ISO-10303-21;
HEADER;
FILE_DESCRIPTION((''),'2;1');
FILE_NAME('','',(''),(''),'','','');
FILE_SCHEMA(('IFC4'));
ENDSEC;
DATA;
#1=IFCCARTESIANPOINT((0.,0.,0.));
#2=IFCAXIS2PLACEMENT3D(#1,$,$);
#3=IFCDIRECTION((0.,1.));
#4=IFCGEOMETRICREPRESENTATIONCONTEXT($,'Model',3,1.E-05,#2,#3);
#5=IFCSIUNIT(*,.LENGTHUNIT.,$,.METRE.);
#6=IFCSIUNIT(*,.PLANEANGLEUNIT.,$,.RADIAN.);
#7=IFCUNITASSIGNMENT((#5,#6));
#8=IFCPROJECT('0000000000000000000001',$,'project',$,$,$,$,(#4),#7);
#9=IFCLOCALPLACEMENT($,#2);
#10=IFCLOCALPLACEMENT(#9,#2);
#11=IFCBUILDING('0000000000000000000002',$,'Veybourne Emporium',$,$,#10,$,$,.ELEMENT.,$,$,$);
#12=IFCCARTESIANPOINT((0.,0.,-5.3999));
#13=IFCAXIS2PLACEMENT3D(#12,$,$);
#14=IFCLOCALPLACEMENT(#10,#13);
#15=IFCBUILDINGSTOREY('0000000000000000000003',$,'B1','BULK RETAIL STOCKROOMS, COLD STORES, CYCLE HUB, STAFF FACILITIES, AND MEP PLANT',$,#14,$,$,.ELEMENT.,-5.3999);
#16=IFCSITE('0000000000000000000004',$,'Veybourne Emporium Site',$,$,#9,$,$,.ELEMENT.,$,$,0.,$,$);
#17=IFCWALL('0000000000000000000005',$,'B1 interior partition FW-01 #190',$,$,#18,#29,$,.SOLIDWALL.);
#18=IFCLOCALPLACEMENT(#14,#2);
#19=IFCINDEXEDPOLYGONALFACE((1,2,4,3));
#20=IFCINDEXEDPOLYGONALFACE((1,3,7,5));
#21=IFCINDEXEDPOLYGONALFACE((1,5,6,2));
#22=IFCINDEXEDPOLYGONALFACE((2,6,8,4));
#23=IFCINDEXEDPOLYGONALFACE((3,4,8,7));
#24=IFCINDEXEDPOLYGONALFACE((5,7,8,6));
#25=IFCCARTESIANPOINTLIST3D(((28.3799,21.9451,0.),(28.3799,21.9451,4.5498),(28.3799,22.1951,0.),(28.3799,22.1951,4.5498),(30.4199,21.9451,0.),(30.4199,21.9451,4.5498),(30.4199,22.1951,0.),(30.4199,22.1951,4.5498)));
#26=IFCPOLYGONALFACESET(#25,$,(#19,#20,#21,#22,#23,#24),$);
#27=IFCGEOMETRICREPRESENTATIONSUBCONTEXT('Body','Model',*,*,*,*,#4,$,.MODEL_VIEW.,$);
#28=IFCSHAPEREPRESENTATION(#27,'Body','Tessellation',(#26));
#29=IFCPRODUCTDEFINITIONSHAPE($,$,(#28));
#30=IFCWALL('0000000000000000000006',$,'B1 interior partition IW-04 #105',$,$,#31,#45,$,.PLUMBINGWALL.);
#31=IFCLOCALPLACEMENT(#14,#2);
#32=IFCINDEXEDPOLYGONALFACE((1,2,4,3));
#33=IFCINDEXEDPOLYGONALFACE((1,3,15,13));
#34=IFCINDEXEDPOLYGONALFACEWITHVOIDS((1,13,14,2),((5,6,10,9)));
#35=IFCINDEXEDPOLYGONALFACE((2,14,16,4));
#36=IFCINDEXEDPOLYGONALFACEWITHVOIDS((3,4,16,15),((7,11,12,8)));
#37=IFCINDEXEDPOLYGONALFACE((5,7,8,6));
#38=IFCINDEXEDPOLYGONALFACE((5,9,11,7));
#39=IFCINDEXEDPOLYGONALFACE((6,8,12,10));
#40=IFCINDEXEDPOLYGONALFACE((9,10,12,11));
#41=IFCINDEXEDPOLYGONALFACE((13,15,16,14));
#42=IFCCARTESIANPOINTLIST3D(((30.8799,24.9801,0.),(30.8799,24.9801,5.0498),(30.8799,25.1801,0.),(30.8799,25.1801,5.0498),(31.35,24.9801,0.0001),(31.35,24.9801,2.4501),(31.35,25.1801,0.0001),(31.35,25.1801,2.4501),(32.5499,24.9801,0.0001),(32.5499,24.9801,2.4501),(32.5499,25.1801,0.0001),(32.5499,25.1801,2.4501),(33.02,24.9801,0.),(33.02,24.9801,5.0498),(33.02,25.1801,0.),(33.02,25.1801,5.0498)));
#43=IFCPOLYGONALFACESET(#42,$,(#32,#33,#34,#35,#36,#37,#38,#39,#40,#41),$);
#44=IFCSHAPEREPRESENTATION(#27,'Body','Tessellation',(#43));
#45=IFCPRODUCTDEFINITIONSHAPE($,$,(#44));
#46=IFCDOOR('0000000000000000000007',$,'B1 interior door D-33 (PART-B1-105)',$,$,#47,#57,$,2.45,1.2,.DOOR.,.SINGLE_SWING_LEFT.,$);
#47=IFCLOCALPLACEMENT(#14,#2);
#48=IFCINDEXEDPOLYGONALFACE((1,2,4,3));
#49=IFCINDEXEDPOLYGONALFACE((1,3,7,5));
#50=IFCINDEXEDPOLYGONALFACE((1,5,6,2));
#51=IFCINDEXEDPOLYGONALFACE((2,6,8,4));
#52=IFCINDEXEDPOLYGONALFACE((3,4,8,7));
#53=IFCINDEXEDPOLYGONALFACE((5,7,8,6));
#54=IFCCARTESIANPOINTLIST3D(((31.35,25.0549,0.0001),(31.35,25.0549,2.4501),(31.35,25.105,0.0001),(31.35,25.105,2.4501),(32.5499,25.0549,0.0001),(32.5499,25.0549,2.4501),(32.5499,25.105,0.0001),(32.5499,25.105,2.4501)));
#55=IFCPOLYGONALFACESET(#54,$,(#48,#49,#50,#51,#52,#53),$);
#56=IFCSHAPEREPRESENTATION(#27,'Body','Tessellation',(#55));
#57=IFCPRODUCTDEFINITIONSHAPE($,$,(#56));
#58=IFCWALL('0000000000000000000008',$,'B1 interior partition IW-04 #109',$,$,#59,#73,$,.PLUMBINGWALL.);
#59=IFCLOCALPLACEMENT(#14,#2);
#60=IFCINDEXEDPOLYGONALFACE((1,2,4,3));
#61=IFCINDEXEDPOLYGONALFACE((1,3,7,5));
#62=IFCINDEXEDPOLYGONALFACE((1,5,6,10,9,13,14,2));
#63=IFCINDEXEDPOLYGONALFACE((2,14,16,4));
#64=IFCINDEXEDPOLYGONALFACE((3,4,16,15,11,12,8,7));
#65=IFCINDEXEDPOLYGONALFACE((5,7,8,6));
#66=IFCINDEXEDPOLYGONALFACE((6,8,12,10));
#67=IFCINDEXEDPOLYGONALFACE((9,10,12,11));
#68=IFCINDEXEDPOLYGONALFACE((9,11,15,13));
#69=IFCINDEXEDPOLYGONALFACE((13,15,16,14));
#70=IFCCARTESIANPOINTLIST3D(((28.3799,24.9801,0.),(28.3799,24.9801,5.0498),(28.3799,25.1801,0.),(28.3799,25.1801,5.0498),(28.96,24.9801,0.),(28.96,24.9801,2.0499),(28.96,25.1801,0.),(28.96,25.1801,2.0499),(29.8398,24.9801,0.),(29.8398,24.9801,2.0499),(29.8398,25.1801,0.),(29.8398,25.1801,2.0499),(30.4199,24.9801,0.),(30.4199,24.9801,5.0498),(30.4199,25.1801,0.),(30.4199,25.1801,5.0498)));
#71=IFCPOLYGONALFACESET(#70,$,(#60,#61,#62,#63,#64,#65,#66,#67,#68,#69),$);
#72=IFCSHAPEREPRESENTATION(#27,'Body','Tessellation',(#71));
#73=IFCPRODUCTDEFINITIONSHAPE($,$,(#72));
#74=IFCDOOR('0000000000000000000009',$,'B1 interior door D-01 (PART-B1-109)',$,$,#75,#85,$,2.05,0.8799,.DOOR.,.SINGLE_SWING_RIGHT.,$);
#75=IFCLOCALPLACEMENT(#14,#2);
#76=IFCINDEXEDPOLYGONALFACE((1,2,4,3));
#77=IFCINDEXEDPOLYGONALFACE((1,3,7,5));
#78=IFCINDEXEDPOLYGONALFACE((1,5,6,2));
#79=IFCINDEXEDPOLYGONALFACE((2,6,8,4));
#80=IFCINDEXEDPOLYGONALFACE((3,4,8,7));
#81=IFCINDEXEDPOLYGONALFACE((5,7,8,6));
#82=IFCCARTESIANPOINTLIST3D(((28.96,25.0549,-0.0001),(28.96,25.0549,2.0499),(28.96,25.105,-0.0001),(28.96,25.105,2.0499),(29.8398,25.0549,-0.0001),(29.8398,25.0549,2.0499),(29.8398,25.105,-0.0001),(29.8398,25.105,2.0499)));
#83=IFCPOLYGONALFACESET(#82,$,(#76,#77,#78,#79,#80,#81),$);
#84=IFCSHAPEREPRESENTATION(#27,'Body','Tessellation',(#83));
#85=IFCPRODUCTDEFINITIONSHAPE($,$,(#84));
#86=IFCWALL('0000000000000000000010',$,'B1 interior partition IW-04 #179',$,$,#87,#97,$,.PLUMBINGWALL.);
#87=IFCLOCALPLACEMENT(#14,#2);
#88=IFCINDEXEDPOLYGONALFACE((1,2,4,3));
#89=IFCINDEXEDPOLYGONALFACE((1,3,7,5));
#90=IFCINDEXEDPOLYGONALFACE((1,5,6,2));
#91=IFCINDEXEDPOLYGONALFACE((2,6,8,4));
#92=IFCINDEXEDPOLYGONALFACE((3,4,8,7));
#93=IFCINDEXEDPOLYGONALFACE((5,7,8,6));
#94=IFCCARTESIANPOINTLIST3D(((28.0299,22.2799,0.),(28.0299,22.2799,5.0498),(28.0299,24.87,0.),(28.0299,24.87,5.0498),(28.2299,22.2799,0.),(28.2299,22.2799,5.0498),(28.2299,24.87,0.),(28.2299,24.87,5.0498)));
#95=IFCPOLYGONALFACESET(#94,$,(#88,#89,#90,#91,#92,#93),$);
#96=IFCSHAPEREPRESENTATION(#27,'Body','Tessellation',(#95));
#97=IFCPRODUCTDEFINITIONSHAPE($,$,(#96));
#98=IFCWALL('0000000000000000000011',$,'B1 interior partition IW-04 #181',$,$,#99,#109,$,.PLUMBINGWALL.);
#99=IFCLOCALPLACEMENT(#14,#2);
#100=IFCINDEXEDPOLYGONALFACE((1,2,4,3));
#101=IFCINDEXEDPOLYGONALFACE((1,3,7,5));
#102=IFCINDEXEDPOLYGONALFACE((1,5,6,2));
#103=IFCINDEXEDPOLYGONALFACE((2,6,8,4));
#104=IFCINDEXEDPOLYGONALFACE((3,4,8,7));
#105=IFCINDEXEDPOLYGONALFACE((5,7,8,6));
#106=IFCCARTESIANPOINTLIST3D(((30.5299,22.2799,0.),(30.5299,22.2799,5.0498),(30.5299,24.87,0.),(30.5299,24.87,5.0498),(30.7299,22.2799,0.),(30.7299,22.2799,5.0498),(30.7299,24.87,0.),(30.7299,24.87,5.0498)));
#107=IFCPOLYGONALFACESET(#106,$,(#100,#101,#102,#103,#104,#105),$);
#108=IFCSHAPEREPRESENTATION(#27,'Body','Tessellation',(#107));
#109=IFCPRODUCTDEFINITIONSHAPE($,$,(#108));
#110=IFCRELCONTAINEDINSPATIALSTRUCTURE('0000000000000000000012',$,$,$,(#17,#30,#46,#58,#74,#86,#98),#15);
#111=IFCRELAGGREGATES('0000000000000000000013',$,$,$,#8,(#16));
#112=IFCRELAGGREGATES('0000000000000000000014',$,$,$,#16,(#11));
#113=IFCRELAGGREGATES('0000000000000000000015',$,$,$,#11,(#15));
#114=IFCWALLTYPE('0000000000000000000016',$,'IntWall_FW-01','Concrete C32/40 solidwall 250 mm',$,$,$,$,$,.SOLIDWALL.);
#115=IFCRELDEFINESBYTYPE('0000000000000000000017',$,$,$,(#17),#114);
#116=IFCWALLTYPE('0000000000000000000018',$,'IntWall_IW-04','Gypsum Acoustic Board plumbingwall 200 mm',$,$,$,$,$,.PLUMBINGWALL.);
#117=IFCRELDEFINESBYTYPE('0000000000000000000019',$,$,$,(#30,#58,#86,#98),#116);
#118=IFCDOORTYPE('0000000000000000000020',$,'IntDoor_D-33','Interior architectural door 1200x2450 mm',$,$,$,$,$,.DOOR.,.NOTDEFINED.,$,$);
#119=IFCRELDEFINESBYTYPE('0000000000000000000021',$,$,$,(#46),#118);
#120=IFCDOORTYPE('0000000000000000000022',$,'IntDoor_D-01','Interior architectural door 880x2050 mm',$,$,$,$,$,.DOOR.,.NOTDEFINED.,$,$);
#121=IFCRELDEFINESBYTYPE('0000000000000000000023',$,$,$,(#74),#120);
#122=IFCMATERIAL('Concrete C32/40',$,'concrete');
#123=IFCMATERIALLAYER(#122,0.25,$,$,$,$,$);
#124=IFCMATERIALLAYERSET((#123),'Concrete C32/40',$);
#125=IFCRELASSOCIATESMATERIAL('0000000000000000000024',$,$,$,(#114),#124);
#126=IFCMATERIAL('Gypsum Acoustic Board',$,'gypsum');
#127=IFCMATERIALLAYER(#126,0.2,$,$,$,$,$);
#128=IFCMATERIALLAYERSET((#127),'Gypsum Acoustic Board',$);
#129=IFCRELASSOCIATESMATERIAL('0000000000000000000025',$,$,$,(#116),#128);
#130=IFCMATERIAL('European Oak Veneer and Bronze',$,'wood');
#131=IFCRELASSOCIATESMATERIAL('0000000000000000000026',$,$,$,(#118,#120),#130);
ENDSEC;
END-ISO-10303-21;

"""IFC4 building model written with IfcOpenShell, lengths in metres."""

from ifc_helpers import new_model, si_unit, direction, frame, frame_2d, origin, place, context, subcontext, project, spatial, rectangle, extrude, material, layer, layer_set, type_object, element, fill, save


model = new_model("IFC4")

# Units and contexts
model_context = context("Model", 3, precision=1e-05, world=origin(), true_north=direction((0.0, 1.0)))
body_context = subcontext(model_context, "Body", "Model", "MODEL_VIEW")
ifc_project = project(units=[si_unit("LENGTHUNIT", "METRE"), si_unit("PLANEANGLEUNIT", "RADIAN")], contexts=[model_context])

# Site, building, storey
site_placement = place(None, origin())
site = spatial("IfcSite", under=ifc_project, at=site_placement, Name="Veybourne Emporium Site", CompositionType="ELEMENT", RefElevation=0.0)
building_placement = place(site_placement, origin())
building = spatial("IfcBuilding", under=site, at=building_placement, Name="Veybourne Emporium", CompositionType="ELEMENT")
storey_placement = place(building_placement, frame((0.0, 0.0, -5.3999)))
storey = spatial("IfcBuildingStorey", under=building, at=storey_placement, Name="B1", Description="BULK RETAIL STOCKROOMS, COLD STORES, CYCLE HUB, STAFF FACILITIES, AND MEP PLANT", CompositionType="ELEMENT", Elevation=-5.3999)

# Shared definitions
ifc_material_1 = material(Name="Concrete C32/40", Category="concrete")

# Wall
ifc_layer_1 = layer(ifc_material_1, 0.25)
ifc_layer_set_1 = layer_set([ifc_layer_1], Name="Concrete C32/40")
wall_type_1 = type_object("IfcWallType", Name="IntWall_FW-01", Description="Concrete C32/40 solidwall 250 mm", PredefinedType="SOLIDWALL", material=ifc_layer_set_1)
wall_1_placement = place(storey_placement, frame((28.3799, 22.0701, 0.0), z_axis=(0.0, 0.0, 1.0), x_axis=(1.0, 0.0, 0.0)))
element("IfcWall", 1, at=wall_1_placement, inside=storey, type_object=wall_type_1, Name="B1 interior partition FW-01 #190", PredefinedType="SOLIDWALL", context=body_context, shape_type="SweptSolid", body=[
    extrude(rectangle(XDim=2.04, YDim=0.25, at=frame_2d((1.02, 0.0))), origin(), (0.0, 0.0, 1.0), 4.5498),
])

# Walls, openings, doors
ifc_material_2 = material(Name="Gypsum Acoustic Board", Category="gypsum")
ifc_layer_2 = layer(ifc_material_2, 0.2)
ifc_layer_set_2 = layer_set([ifc_layer_2], Name="Gypsum Acoustic Board")
wall_type_2 = type_object("IfcWallType", Name="IntWall_IW-04", Description="Gypsum Acoustic Board plumbingwall 200 mm", PredefinedType="PLUMBINGWALL", material=ifc_layer_set_2)
wall_2_placement = place(storey_placement, frame((30.8799, 25.0801, 0.0), z_axis=(0.0, 0.0, 1.0), x_axis=(1.0, 0.0, 0.0)))
wall_2 = element("IfcWall", 2, at=wall_2_placement, inside=storey, type_object=wall_type_2, Name="B1 interior partition IW-04 #105", PredefinedType="PLUMBINGWALL", context=body_context, shape_type="SweptSolid", body=[
    extrude(rectangle(XDim=2.1401, YDim=0.2, at=frame_2d((1.0701, 0.0))), origin(), (0.0, 0.0, 1.0), 5.0498),
])
opening_1_placement = place(wall_2_placement, frame((0.47, 0.0, 0.0)))
opening_1 = element("IfcOpeningElement", 3, at=opening_1_placement, cuts=wall_2, PredefinedType="OPENING", context=body_context, shape_type="SweptSolid", body=[
    extrude(rectangle(XDim=1.2, YDim=2.45, at=frame_2d((0.6001, 1.2251))), frame((0.0, 0.1201, 0.0), z_axis=(0.0, -1.0, 0.0), x_axis=(1.0, 0.0, 0.0)), (0.0, 0.0, 1.0), 0.24),
])
ifc_material_3 = material(Name="European Oak Veneer and Bronze", Category="wood")
door_type_1 = type_object("IfcDoorType", Name="IntDoor_D-33", Description="Interior architectural door 1200x2450 mm", OperationType="NOTDEFINED", PredefinedType="DOOR", material=ifc_material_3)
door_1_placement = place(opening_1_placement, origin())
door_1 = element("IfcDoor", 4, at=door_1_placement, inside=storey, type_object=door_type_1, Name="B1 interior door D-33 (PART-B1-105)", OperationType="SINGLE_SWING_LEFT", OverallHeight=2.45, OverallWidth=1.2, PredefinedType="DOOR", context=body_context, shape_type="SweptSolid", body=[
    extrude(rectangle(XDim=1.2, YDim=2.45, at=frame_2d((0.6001, 1.2251))), frame((0.0, 0.0249, 0.0), z_axis=(0.0, -1.0, 0.0), x_axis=(1.0, 0.0, 0.0)), (0.0, 0.0, 1.0), 0.05),
])
fill(opening_1, door_1)
wall_3_placement = place(storey_placement, frame((28.3799, 25.0801, 0.0), z_axis=(0.0, 0.0, 1.0), x_axis=(1.0, 0.0, 0.0)))
wall_3 = element("IfcWall", 5, at=wall_3_placement, inside=storey, type_object=wall_type_2, Name="B1 interior partition IW-04 #109", PredefinedType="PLUMBINGWALL", context=body_context, shape_type="SweptSolid", body=[
    extrude(rectangle(XDim=2.04, YDim=0.2, at=frame_2d((1.02, 0.0))), origin(), (0.0, 0.0, 1.0), 5.0498),
])
opening_2_placement = place(wall_3_placement, frame((0.5801, 0.0, 0.0)))
opening_2 = element("IfcOpeningElement", 6, at=opening_2_placement, cuts=wall_3, PredefinedType="OPENING", context=body_context, shape_type="SweptSolid", body=[
    extrude(rectangle(XDim=0.8799, YDim=2.05, at=frame_2d((0.4399, 1.0249))), frame((0.0, 0.1201, 0.0), z_axis=(0.0, -1.0, 0.0), x_axis=(1.0, 0.0, 0.0)), (0.0, 0.0, 1.0), 0.24),
])
door_type_2 = type_object("IfcDoorType", Name="IntDoor_D-01", Description="Interior architectural door 880x2050 mm", OperationType="NOTDEFINED", PredefinedType="DOOR", material=ifc_material_3)
door_2_placement = place(opening_2_placement, origin())
door_2 = element("IfcDoor", 7, at=door_2_placement, inside=storey, type_object=door_type_2, Name="B1 interior door D-01 (PART-B1-109)", OperationType="SINGLE_SWING_RIGHT", OverallHeight=2.05, OverallWidth=0.8799, PredefinedType="DOOR", context=body_context, shape_type="SweptSolid", body=[
    extrude(rectangle(XDim=0.8799, YDim=2.05, at=frame_2d((0.4399, 1.0249))), frame((0.0, 0.0249, 0.0), z_axis=(0.0, -1.0, 0.0), x_axis=(1.0, 0.0, 0.0)), (0.0, 0.0, 1.0), 0.05),
])
fill(opening_2, door_2)

# Walls
for number, where, z_axis, x_axis, name in (
    (8, (28.1299, 22.28, 0.0), (0.0, 0.0, 1.0), (0.0, 1.0, 0.0), "B1 interior partition IW-04 #179"),
    (9, (30.6299, 22.28, 0.0), (0.0, 0.0, 1.0), (0.0, 1.0, 0.0), "B1 interior partition IW-04 #181"),
):
    element("IfcWall", number, at=place(storey_placement, frame(where, z_axis=z_axis, x_axis=x_axis)), inside=storey, type_object=wall_type_2, Name=name, PredefinedType="PLUMBINGWALL", context=body_context, shape_type="SweptSolid", body=[
        extrude(rectangle(XDim=2.5901, YDim=0.2, at=frame_2d((1.2949, 0.0))), origin(), (0.0, 0.0, 1.0), 5.0498),
    ])

save(model, "model.ifc")
